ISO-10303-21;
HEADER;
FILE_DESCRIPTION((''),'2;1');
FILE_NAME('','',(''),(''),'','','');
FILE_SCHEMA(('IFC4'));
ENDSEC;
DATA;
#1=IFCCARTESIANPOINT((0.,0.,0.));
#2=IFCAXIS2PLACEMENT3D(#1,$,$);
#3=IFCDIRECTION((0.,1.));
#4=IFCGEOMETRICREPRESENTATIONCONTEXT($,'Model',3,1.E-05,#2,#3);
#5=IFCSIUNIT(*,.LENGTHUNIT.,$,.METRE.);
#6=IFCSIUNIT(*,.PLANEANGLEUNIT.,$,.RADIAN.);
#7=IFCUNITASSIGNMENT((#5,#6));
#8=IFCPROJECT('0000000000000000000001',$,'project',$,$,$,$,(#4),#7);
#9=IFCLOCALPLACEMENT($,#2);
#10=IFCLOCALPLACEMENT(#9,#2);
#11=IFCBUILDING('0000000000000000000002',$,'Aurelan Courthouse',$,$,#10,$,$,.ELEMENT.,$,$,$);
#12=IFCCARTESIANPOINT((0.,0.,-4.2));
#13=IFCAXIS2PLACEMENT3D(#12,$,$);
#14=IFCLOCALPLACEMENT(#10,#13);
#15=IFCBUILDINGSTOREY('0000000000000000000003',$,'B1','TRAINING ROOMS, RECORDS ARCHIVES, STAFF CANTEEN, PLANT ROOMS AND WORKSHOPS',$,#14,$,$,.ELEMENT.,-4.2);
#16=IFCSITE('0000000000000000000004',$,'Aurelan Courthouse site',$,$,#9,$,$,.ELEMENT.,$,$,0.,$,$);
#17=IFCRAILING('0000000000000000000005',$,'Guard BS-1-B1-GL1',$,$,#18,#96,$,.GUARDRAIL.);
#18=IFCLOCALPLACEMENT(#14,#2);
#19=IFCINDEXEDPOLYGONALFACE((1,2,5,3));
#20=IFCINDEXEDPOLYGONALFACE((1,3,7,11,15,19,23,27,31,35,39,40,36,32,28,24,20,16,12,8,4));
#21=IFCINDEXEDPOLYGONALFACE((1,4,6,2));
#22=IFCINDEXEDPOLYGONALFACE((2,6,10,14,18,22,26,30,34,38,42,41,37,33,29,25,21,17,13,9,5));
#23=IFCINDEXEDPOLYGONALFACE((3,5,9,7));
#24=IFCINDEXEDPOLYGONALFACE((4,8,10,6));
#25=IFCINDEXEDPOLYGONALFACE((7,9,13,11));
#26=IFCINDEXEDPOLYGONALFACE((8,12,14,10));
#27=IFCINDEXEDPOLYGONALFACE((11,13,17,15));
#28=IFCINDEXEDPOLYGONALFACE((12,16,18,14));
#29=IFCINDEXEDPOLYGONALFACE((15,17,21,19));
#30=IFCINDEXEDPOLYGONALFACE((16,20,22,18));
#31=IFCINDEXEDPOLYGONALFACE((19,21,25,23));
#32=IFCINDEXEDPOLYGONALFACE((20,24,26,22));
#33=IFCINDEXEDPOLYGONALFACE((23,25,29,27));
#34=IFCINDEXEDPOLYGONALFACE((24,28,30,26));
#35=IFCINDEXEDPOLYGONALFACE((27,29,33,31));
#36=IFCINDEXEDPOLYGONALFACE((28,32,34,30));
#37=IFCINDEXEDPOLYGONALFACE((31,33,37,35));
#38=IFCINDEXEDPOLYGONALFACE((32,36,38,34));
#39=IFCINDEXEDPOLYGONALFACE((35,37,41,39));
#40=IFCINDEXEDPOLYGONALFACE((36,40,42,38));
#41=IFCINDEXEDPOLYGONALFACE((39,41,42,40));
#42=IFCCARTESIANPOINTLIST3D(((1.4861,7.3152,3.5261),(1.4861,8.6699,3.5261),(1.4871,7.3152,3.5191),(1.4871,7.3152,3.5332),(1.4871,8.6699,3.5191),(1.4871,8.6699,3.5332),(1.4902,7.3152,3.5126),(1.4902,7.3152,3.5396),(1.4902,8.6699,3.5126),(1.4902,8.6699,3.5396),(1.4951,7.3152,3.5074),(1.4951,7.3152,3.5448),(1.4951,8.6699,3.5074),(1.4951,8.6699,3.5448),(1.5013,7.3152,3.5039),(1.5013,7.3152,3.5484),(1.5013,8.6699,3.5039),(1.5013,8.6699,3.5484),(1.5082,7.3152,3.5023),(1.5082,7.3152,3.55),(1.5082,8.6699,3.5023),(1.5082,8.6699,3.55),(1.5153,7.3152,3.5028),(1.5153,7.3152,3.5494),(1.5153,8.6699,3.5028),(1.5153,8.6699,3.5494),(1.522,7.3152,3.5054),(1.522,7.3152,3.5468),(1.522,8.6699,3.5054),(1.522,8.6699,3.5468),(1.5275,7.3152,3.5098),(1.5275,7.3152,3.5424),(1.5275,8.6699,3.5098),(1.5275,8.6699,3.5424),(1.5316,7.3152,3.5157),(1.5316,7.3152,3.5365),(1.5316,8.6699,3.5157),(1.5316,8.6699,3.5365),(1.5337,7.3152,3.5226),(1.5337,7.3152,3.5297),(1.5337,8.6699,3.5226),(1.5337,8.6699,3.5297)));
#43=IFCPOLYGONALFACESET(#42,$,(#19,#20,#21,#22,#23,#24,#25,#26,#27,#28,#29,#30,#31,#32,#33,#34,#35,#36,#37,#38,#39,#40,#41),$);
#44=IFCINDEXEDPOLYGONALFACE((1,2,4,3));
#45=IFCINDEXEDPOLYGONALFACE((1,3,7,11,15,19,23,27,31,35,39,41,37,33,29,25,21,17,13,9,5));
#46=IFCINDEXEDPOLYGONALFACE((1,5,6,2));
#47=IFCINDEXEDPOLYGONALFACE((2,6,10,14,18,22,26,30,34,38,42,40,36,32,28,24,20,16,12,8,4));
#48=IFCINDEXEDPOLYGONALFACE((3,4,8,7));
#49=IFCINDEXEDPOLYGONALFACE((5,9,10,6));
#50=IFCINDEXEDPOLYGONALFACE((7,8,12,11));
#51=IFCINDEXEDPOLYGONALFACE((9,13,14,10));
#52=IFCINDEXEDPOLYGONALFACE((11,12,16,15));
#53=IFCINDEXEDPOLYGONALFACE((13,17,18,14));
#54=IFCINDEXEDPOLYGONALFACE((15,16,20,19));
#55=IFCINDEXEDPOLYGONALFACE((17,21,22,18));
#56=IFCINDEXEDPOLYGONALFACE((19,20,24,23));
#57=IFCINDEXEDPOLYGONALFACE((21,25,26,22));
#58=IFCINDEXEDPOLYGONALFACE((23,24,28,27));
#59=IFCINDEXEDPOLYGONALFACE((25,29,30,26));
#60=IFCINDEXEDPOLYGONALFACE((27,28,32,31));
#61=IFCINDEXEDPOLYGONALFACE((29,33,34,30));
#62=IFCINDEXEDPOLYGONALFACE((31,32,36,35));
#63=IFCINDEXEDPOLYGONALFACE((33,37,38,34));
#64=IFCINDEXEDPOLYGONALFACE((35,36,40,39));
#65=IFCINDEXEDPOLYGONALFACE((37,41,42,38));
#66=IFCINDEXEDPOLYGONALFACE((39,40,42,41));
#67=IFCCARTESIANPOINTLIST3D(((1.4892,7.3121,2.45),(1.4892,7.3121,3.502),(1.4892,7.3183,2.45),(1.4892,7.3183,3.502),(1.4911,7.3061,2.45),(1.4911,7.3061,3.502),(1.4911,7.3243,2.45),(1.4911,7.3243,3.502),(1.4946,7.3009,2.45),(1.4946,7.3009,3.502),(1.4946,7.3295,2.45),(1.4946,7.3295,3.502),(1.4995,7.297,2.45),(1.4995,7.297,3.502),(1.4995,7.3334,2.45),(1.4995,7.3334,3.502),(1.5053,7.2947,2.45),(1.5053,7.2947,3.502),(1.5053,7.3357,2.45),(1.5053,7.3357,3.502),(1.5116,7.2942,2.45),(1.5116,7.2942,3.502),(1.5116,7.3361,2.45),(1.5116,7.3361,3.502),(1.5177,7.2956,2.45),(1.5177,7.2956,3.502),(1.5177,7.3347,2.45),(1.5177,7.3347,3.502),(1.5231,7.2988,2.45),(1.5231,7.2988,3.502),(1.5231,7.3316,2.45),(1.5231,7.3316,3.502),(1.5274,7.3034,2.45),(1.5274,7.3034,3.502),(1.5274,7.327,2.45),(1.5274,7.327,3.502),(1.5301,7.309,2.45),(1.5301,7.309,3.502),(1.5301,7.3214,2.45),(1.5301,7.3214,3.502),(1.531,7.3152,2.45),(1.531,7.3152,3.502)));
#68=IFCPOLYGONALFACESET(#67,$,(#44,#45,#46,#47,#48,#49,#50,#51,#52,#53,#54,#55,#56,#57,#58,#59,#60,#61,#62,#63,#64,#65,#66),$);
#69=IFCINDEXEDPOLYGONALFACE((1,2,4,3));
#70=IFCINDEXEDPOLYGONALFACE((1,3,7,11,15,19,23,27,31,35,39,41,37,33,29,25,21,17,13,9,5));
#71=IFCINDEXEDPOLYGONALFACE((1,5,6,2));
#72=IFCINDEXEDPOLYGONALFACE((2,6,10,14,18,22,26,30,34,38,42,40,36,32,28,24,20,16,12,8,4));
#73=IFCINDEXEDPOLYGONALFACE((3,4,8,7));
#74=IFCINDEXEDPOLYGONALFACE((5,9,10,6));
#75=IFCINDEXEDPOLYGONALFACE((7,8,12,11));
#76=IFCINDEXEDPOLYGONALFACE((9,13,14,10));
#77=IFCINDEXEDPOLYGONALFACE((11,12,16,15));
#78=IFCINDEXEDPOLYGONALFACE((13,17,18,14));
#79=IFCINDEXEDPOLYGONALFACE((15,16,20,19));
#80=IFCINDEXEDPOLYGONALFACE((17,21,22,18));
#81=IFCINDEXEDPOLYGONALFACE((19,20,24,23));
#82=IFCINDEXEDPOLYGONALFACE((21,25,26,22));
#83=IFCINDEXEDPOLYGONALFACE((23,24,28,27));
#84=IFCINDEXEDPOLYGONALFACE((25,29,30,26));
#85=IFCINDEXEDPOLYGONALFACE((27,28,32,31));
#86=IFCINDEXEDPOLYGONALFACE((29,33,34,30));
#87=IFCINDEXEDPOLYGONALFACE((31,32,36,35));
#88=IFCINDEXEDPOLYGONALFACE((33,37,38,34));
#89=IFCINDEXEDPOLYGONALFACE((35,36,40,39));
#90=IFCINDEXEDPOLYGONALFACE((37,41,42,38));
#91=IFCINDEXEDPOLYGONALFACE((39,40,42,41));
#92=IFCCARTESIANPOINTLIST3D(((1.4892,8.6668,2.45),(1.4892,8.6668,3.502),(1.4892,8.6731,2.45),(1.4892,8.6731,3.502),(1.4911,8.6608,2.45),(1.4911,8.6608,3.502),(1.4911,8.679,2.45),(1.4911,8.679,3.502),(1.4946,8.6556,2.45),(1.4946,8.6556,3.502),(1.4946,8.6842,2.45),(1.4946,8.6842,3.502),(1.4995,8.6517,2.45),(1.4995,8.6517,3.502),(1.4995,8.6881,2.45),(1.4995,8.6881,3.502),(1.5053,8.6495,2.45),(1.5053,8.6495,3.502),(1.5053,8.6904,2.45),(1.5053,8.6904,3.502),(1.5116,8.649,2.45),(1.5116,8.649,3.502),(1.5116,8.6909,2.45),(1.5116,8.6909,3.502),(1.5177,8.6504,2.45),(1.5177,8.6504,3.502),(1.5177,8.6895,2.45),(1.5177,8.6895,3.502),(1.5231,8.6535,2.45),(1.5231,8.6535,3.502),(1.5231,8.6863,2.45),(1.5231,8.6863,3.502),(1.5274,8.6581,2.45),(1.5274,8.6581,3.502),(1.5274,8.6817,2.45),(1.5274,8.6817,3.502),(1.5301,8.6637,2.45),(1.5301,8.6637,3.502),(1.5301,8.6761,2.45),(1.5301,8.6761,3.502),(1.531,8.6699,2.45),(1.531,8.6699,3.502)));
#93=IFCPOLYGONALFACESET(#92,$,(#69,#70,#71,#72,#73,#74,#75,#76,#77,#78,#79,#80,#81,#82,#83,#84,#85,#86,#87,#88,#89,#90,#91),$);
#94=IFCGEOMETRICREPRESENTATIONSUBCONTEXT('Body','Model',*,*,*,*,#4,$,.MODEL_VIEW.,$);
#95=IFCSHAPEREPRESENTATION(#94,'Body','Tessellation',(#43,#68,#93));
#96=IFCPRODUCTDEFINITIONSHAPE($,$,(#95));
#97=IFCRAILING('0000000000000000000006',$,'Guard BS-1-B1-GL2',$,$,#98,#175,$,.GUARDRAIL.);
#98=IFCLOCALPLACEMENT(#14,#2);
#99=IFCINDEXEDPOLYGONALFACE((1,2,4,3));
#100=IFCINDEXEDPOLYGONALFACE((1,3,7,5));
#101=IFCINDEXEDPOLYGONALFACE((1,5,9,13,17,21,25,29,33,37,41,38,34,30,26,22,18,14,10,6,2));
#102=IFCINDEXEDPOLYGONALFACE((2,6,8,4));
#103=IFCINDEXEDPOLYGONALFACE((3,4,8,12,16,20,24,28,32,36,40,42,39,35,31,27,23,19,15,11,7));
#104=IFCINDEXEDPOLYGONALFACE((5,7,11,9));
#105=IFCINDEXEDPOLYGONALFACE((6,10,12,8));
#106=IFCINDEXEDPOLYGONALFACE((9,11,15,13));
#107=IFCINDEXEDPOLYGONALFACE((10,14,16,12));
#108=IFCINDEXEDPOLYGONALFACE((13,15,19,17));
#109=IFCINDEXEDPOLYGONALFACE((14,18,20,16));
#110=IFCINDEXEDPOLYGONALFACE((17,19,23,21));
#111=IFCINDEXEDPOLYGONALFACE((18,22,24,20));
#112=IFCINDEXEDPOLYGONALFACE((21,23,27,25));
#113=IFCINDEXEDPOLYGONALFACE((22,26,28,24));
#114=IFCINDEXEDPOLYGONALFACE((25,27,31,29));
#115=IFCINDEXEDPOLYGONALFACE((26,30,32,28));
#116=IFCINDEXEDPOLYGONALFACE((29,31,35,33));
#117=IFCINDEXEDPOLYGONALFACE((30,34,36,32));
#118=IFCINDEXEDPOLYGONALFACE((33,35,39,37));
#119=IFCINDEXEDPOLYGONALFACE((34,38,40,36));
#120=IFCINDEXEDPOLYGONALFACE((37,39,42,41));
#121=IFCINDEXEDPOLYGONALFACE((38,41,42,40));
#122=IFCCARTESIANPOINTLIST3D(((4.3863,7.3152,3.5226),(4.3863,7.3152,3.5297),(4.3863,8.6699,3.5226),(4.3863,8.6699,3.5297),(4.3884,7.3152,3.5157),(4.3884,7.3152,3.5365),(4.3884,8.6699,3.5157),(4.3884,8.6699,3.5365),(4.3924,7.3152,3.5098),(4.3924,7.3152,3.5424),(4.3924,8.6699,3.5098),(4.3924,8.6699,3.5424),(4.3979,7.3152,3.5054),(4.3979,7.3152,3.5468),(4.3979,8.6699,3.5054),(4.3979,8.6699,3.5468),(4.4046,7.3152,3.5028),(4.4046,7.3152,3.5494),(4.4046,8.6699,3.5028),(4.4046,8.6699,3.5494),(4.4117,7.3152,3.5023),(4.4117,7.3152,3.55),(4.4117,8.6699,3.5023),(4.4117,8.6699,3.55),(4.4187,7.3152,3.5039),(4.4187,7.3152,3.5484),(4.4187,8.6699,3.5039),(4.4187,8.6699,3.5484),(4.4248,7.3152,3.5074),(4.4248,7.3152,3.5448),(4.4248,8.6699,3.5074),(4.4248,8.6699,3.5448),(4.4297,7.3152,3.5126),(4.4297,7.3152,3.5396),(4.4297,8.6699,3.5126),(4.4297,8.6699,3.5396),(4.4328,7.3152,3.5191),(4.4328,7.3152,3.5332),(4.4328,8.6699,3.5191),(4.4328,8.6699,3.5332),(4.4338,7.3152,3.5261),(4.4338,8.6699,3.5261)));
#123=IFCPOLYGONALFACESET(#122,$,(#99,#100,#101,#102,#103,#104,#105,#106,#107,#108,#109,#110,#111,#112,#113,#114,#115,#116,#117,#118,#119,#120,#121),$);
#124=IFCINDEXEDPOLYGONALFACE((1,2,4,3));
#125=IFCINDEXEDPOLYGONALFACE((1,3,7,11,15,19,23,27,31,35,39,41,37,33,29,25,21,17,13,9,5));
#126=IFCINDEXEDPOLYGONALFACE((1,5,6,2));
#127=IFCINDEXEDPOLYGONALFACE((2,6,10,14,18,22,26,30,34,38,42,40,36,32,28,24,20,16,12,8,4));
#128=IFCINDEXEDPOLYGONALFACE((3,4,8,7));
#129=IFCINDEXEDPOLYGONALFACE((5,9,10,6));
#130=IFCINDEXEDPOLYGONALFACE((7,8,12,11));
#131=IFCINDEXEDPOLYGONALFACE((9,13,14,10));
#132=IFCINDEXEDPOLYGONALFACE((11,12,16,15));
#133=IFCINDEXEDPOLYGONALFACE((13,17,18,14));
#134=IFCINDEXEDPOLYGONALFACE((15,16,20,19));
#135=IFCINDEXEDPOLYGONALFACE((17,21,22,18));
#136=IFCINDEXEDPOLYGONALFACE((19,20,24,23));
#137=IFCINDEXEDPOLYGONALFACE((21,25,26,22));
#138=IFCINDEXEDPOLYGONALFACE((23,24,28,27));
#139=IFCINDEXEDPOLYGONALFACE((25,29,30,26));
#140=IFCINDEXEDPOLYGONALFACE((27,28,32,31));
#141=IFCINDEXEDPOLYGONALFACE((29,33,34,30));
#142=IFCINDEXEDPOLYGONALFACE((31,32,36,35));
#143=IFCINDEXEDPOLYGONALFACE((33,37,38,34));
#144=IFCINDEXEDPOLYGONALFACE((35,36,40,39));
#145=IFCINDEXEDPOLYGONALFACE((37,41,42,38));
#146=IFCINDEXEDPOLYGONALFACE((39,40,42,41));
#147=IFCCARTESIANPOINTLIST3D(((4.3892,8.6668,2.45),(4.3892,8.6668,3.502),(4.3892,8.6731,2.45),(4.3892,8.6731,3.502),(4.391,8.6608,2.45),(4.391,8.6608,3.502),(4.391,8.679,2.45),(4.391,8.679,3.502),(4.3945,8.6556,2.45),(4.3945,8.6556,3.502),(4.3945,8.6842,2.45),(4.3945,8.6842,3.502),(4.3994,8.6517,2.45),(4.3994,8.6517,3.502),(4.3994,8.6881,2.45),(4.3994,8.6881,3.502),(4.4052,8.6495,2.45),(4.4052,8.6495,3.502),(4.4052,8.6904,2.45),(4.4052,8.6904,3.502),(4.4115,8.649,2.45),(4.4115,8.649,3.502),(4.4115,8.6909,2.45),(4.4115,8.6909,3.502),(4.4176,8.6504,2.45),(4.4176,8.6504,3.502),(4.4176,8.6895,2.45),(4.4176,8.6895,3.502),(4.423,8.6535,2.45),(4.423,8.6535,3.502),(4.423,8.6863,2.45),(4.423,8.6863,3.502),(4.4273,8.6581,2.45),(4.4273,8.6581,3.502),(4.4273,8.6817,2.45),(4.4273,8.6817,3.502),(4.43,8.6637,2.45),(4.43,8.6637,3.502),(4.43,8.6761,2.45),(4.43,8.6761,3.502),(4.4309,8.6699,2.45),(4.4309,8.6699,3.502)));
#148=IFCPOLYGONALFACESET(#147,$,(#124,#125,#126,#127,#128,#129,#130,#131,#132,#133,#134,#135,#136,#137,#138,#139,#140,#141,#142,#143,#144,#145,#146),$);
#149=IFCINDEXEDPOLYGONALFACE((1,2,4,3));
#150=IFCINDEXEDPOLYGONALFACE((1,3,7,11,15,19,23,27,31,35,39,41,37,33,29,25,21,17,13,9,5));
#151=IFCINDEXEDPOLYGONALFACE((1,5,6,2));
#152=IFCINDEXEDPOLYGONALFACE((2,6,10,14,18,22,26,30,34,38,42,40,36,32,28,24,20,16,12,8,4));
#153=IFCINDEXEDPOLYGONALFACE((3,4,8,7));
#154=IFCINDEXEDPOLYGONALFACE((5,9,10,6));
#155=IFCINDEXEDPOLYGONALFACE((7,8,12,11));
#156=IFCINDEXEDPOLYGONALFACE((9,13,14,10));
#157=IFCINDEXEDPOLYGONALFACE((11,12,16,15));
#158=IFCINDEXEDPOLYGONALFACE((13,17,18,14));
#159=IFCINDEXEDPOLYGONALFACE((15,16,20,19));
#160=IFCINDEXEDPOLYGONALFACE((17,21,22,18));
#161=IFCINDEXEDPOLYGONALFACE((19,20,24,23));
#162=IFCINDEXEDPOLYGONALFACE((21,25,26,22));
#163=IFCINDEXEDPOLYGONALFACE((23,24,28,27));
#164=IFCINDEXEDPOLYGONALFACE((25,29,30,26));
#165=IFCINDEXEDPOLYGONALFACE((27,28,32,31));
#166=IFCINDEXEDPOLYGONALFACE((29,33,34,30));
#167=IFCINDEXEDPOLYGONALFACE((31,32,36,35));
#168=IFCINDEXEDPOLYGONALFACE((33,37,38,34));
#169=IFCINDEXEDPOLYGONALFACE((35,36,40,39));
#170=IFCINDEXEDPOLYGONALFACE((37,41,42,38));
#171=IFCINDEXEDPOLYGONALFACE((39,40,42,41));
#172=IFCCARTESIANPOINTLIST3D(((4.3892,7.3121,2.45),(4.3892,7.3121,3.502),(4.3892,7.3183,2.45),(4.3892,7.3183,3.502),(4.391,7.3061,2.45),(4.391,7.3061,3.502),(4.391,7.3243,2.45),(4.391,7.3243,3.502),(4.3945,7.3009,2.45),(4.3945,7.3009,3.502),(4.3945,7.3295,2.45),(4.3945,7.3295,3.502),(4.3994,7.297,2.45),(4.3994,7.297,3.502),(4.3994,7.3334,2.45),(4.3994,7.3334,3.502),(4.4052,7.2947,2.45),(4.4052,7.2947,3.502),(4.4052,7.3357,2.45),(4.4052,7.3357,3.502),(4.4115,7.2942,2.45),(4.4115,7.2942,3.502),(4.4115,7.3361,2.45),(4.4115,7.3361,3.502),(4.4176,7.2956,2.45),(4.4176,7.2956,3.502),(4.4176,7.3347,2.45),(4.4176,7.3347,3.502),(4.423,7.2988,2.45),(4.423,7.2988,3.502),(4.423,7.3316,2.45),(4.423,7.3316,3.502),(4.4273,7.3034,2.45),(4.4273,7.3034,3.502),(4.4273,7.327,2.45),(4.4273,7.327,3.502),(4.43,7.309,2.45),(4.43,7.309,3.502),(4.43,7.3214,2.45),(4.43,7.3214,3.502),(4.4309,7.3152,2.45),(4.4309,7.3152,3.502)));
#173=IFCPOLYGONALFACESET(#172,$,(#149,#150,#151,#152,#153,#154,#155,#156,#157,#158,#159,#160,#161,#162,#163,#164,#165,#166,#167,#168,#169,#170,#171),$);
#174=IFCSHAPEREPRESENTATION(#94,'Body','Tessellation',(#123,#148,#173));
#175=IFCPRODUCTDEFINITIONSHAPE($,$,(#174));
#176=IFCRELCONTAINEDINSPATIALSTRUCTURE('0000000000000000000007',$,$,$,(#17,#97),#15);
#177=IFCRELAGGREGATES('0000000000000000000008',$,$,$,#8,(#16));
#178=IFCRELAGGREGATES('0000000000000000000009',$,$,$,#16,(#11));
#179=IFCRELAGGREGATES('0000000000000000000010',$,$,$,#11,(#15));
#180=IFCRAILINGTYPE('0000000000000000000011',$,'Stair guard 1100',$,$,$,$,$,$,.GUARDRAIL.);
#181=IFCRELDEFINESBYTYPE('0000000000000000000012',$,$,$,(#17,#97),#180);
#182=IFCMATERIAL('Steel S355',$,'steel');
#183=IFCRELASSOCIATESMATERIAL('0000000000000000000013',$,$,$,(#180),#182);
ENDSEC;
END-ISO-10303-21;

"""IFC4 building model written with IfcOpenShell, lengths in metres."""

from ifc_helpers import new_model, si_unit, direction, frame, origin, origin_2d, place, context, subcontext, project, spatial, circle, extrude, material, type_object, element, save


model = new_model("IFC4")

# Units and contexts
model_context = context("Model", 3, precision=1e-05, world=origin(), true_north=direction((0.0, 1.0)))
body_context = subcontext(model_context, "Body", "Model", "MODEL_VIEW")
ifc_project = project(units=[si_unit("LENGTHUNIT", "METRE"), si_unit("PLANEANGLEUNIT", "RADIAN")], contexts=[model_context])

# Site, building, storey
site_placement = place(None, origin())
site = spatial("IfcSite", under=ifc_project, at=site_placement, Name="Aurelan Courthouse site", CompositionType="ELEMENT", RefElevation=0.0)
building_placement = place(site_placement, origin())
building = spatial("IfcBuilding", under=site, at=building_placement, Name="Aurelan Courthouse", CompositionType="ELEMENT")
storey_placement = place(building_placement, frame((0.0, 0.0, -4.2)))
storey = spatial("IfcBuildingStorey", under=building, at=storey_placement, Name="B1", Description="TRAINING ROOMS, RECORDS ARCHIVES, STAFF CANTEEN, PLANT ROOMS AND WORKSHOPS", CompositionType="ELEMENT", Elevation=-4.2)

# Railings
ifc_material_1 = material(Name="Steel S355", Category="steel")
railing_type_1 = type_object("IfcRailingType", Name="Stair guard 1100", PredefinedType="GUARDRAIL", material=ifc_material_1)
railing_1_placement = place(storey_placement, frame((1.51, 7.3152, 2.45)))
element("IfcRailing", 1, at=railing_1_placement, inside=storey, type_object=railing_type_1, Name="Guard BS-1-B1-GL1", PredefinedType="GUARDRAIL", context=body_context, shape_type="SweptSolid", body=[
    extrude(circle(Radius=0.0239, at=origin_2d()), frame((0.0, 0.0, 1.0762), z_axis=(0.0, 1.0, 0.0), x_axis=(-1.0, 0.0, 0.0)), (0.0, 0.0, 1.0), 1.3547),
    extrude(circle(Radius=0.021, at=origin_2d()), origin(), (0.0, 0.0, 1.0), 1.052),
    extrude(circle(Radius=0.021, at=origin_2d()), frame((0.0, 1.3547, 0.0)), (0.0, 0.0, 1.0), 1.052),
])
railing_2_placement = place(storey_placement, frame((4.4099, 8.6699, 2.45)))
element("IfcRailing", 2, at=railing_2_placement, inside=storey, type_object=railing_type_1, Name="Guard BS-1-B1-GL2", PredefinedType="GUARDRAIL", context=body_context, shape_type="SweptSolid", body=[
    extrude(circle(Radius=0.0239, at=origin_2d()), frame((0.0, 0.0, 1.0762), z_axis=(0.0, -1.0, 0.0), x_axis=(1.0, 0.0, 0.0)), (0.0, 0.0, 1.0), 1.3547),
    extrude(circle(Radius=0.021, at=origin_2d()), origin(), (0.0, 0.0, 1.0), 1.052),
    extrude(circle(Radius=0.021, at=origin_2d()), frame((0.0, -1.3547, 0.0)), (0.0, 0.0, 1.0), 1.052),
])

save(model, "model.ifc")
